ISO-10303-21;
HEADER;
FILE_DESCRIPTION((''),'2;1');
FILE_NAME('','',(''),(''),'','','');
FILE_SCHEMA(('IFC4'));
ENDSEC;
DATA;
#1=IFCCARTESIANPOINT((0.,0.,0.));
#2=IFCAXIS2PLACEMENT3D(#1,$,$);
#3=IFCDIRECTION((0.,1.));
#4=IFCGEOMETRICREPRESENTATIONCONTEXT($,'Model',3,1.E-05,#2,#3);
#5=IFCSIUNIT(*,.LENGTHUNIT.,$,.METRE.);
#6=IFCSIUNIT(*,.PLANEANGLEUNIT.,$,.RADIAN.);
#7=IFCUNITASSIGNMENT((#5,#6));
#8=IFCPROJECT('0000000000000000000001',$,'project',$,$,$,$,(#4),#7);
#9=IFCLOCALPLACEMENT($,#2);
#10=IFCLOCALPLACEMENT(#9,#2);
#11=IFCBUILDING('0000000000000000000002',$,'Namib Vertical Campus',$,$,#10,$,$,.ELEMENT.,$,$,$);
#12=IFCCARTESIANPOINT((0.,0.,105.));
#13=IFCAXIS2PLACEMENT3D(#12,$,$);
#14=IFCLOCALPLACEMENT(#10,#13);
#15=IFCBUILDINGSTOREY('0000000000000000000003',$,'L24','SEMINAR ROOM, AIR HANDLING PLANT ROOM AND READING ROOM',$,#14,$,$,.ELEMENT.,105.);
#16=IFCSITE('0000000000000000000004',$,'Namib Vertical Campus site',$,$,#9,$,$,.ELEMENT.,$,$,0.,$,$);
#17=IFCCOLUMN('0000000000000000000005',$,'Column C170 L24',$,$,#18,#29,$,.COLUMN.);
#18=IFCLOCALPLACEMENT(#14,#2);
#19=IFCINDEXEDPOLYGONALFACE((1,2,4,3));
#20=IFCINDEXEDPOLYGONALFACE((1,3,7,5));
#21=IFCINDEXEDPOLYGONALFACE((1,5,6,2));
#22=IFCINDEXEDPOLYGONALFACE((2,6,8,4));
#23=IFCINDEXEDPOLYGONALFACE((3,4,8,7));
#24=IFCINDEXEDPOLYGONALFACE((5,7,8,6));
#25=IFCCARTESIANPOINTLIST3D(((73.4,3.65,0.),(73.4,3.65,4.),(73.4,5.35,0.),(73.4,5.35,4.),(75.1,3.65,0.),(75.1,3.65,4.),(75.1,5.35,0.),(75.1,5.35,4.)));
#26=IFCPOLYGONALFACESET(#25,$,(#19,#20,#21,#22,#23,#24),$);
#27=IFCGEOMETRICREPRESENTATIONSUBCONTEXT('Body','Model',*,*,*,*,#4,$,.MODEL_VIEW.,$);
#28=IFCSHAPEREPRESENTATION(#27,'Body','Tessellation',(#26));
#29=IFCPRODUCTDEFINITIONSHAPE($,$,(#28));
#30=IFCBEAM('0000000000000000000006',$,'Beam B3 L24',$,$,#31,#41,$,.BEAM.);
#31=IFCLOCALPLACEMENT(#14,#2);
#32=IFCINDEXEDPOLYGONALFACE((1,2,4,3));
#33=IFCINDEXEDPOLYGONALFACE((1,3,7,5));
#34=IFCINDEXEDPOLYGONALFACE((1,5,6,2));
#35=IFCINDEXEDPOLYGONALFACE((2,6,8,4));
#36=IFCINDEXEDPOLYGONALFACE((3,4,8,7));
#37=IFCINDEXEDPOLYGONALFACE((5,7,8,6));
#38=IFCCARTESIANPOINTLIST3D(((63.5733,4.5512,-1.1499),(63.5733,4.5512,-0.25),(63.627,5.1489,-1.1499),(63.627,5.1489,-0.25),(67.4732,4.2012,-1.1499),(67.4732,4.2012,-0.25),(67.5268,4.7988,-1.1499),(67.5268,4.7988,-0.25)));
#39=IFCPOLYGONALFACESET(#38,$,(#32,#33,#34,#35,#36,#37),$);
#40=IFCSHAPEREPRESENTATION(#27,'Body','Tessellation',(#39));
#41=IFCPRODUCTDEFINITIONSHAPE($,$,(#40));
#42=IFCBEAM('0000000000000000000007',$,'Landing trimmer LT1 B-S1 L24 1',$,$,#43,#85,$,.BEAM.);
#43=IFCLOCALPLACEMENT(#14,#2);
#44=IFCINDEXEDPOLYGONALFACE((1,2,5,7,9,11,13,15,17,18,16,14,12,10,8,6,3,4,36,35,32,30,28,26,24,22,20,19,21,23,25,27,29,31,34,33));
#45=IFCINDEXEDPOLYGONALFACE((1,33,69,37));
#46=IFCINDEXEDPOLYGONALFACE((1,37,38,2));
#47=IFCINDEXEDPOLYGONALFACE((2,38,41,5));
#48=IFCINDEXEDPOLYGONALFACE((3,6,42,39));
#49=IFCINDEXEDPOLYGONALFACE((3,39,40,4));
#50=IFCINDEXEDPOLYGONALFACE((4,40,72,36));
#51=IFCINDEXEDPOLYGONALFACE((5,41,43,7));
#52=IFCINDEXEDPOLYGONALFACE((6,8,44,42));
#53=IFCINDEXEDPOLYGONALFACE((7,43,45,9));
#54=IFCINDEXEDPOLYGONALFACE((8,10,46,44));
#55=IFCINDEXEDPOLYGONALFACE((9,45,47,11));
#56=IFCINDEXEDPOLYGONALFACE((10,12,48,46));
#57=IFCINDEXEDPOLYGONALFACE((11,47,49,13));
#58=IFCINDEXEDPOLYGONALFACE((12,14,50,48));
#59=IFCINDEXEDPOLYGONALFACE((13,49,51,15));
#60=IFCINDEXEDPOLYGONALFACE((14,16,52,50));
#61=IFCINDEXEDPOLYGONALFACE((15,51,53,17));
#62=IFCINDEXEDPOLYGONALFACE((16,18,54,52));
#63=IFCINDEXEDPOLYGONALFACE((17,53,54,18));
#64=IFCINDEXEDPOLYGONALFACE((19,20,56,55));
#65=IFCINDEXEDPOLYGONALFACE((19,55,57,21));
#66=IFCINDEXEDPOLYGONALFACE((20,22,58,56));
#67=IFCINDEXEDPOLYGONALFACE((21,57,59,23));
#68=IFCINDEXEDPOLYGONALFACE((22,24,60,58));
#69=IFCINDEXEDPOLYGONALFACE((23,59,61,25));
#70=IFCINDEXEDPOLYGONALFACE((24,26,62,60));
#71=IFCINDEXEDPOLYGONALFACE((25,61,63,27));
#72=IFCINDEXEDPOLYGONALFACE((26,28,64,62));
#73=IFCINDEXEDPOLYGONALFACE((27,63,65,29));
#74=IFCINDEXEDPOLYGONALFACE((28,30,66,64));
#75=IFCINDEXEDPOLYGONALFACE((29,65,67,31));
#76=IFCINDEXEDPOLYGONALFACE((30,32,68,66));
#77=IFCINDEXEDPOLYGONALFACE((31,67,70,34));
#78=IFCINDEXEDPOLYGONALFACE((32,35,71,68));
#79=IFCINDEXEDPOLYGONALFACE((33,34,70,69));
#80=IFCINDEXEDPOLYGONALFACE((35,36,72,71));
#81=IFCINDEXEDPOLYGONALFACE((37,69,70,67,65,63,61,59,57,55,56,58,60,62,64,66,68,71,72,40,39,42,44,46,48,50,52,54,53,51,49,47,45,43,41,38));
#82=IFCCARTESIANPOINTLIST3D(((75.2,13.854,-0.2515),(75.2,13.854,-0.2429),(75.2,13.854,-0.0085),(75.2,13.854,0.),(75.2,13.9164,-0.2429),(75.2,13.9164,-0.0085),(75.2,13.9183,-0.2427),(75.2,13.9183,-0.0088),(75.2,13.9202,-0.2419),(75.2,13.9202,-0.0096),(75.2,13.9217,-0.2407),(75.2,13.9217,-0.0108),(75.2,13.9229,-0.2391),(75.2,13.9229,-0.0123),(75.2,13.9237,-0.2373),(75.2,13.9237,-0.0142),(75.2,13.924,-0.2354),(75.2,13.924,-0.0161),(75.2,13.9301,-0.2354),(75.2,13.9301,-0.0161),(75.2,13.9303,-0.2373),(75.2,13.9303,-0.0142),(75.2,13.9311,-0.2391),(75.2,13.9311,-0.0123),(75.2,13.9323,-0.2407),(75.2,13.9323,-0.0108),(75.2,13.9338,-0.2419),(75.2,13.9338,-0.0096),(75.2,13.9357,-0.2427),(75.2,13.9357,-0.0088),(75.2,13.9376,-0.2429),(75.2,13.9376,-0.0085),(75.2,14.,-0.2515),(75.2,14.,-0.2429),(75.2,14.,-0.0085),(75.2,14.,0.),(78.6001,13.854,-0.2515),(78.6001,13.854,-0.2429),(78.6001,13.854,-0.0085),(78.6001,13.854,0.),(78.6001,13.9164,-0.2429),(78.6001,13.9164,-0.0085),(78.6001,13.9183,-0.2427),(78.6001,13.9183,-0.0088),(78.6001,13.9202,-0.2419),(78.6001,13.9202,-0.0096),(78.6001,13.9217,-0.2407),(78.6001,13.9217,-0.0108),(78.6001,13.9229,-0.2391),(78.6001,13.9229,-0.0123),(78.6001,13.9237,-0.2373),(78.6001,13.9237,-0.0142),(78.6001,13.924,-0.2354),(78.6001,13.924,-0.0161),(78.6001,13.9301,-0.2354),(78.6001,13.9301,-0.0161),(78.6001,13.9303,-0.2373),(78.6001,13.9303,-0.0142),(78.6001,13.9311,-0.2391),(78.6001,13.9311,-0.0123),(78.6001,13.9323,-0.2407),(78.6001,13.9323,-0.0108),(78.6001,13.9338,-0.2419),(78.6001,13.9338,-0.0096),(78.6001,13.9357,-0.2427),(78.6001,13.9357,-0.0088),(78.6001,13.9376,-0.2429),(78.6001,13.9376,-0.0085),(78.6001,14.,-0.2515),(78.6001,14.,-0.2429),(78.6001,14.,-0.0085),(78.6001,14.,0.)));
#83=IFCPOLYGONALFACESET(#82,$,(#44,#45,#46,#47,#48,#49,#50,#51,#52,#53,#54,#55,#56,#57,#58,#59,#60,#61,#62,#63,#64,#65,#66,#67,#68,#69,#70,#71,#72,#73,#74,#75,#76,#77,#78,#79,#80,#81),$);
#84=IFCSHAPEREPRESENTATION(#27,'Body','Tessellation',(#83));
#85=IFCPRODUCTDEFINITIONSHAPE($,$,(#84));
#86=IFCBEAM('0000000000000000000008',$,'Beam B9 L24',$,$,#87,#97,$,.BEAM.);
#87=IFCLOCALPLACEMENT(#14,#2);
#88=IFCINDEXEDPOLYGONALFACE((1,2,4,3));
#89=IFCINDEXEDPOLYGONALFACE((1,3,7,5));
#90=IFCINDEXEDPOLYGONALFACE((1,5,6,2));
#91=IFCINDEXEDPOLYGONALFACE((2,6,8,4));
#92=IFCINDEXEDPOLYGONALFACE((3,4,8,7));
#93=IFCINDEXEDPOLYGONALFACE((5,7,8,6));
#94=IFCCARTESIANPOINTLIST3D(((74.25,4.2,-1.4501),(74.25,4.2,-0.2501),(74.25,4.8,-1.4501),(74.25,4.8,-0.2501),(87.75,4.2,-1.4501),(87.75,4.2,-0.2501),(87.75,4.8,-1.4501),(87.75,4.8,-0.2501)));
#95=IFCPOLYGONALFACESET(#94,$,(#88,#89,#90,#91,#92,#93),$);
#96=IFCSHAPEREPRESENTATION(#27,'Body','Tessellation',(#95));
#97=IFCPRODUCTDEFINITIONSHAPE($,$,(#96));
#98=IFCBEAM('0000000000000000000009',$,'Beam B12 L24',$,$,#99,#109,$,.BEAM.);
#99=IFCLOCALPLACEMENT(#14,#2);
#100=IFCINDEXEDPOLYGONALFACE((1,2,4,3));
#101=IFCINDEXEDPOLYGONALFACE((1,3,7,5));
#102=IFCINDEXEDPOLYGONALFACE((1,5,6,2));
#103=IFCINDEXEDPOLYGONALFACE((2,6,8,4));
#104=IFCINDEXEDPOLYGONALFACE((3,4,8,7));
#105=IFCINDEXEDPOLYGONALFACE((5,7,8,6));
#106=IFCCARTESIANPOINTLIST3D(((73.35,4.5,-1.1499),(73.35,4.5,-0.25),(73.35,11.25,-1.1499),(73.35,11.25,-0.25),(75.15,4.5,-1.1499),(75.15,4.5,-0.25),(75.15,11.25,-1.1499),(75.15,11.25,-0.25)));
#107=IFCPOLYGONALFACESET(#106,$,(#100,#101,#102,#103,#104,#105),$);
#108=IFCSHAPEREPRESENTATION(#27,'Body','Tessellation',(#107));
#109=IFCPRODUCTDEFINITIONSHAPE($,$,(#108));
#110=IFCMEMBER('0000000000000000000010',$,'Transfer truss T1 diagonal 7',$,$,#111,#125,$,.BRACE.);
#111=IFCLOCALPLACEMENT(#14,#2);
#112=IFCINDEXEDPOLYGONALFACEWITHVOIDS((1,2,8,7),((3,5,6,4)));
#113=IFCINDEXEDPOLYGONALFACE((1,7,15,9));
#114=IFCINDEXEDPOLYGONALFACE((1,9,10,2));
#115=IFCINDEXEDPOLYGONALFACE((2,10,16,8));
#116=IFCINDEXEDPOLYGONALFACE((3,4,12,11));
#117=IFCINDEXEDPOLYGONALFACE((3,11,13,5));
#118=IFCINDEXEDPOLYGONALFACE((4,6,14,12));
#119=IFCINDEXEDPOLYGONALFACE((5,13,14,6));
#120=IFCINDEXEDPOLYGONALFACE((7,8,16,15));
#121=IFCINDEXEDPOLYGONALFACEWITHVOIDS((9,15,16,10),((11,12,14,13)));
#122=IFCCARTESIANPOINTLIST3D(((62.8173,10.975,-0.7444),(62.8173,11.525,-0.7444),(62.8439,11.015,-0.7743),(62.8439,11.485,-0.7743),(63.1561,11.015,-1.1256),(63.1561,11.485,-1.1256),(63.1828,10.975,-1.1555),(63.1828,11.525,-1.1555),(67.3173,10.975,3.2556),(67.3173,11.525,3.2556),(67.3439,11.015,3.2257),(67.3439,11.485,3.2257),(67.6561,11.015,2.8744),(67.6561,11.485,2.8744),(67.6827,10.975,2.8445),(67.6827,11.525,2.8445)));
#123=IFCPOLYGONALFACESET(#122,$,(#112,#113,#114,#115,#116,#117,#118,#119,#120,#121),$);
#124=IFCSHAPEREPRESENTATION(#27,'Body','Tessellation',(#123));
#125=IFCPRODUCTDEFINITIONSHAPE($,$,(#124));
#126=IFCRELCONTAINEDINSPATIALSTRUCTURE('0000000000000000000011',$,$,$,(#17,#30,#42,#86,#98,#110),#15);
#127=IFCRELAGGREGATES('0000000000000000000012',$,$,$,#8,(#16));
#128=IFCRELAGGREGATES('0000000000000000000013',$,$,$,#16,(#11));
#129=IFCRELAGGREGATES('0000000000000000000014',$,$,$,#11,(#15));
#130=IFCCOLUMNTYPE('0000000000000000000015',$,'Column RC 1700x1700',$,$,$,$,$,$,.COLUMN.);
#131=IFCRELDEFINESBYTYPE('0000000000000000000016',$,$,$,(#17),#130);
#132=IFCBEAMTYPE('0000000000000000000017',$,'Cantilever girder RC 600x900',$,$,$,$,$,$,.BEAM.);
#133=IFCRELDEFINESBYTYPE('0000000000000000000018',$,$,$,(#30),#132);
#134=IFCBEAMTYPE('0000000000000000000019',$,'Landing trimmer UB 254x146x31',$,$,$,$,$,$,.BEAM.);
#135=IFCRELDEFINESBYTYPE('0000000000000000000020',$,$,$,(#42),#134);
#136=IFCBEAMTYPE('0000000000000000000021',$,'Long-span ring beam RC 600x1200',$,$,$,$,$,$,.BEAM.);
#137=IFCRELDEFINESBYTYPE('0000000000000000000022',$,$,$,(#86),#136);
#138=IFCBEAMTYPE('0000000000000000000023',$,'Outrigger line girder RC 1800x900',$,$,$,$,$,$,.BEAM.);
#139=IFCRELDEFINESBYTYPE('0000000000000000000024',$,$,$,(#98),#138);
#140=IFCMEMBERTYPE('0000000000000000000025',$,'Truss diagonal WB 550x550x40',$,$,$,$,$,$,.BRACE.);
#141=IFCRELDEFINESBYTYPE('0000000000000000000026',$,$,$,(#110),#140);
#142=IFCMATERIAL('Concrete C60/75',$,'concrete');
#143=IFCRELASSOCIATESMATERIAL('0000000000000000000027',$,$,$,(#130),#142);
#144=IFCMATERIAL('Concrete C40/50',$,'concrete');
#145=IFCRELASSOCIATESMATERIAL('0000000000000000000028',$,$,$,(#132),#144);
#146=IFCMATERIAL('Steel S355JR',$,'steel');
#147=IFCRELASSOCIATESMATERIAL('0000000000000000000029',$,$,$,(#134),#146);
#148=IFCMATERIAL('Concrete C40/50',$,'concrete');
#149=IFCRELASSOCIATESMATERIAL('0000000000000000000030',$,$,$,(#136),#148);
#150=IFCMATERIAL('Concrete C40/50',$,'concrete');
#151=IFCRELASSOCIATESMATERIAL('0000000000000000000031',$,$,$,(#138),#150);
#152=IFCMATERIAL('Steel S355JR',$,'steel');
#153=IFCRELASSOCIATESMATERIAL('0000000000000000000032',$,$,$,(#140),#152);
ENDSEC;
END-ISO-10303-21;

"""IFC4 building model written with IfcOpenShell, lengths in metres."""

from ifc_helpers import new_model, si_unit, direction, frame, origin, origin_2d, place, context, subcontext, project, spatial, rectangle, hollow_rectangle, i_section, extrude, material, material_profile, profile_set, type_object, element, save


model = new_model("IFC4")

# Units and contexts
model_context = context("Model", 3, precision=1e-05, world=origin(), true_north=direction((0.0, 1.0)))
body_context = subcontext(model_context, "Body", "Model", "MODEL_VIEW")
ifc_project = project(units=[si_unit("LENGTHUNIT", "METRE"), si_unit("PLANEANGLEUNIT", "RADIAN")], contexts=[model_context])

# Site, building, storey
site_placement = place(None, origin())
site = spatial("IfcSite", under=ifc_project, at=site_placement, Name="Namib Vertical Campus site", CompositionType="ELEMENT", RefElevation=0.0)
building_placement = place(site_placement, origin())
building = spatial("IfcBuilding", under=site, at=building_placement, Name="Namib Vertical Campus", CompositionType="ELEMENT")
storey_placement = place(building_placement, frame((0.0, 0.0, 105.0)))
storey = spatial("IfcBuildingStorey", under=building, at=storey_placement, Name="L24", Description="SEMINAR ROOM, AIR HANDLING PLANT ROOM AND READING ROOM", CompositionType="ELEMENT", Elevation=105.0)

# Column
ifc_material_1 = material(Name="Concrete C60/75", Category="concrete")
ifc_material_profile_1 = material_profile(ifc_material_1, rectangle(XDim=1.7, YDim=1.7, at=origin_2d()))
ifc_profile_set_1 = profile_set([ifc_material_profile_1], Name="Concrete C60/75")
column_type = type_object("IfcColumnType", Name="Column RC 1700x1700", PredefinedType="COLUMN", material=ifc_profile_set_1)
column_placement = place(storey_placement, frame((74.25, 4.5, 0.0), z_axis=(0.0, 0.0, 1.0), x_axis=(1.0, 0.0, 0.0)))
element("IfcColumn", 1, at=column_placement, inside=storey, type_object=column_type, Name="Column C170 L24", PredefinedType="COLUMN", context=body_context, shape_type="SweptSolid", body=[
    extrude(rectangle(XDim=1.7, YDim=1.7, at=origin_2d()), origin(), (0.0, 0.0, 1.0), 4.0),
])

# Beams
ifc_material_2 = material(Name="Concrete C40/50", Category="concrete")
ifc_material_profile_2 = material_profile(ifc_material_2, rectangle(XDim=0.6001, YDim=0.8999, at=origin_2d()))
ifc_profile_set_2 = profile_set([ifc_material_profile_2], Name="Concrete C40/50")
beam_type_1 = type_object("IfcBeamType", Name="Cantilever girder RC 600x900", PredefinedType="BEAM", material=ifc_profile_set_2)
beam_1_placement = place(storey_placement, frame((67.5, 4.5, -0.7), z_axis=(-0.995995, 0.089411, 0.0), x_axis=(-0.089411, -0.995995, 0.0)))
element("IfcBeam", 2, at=beam_1_placement, inside=storey, type_object=beam_type_1, Name="Beam B3 L24", PredefinedType="BEAM", context=body_context, shape_type="SweptSolid", body=[
    extrude(rectangle(XDim=0.6001, YDim=0.8999, at=origin_2d()), origin(), (0.0, 0.0, 1.0), 3.9155),
])
ifc_material_3 = material(Name="Steel S355JR", Category="steel")
ifc_material_profile_3 = material_profile(ifc_material_3, i_section(OverallWidth=0.146, OverallDepth=0.2515, WebThickness=0.0061, FlangeThickness=0.0085, FilletRadius=0.0076, at=origin_2d()))
ifc_profile_set_3 = profile_set([ifc_material_profile_3], Name="Steel S355JR")
beam_type_2 = type_object("IfcBeamType", Name="Landing trimmer UB 254x146x31", PredefinedType="BEAM", material=ifc_profile_set_3)
beam_2_placement = place(storey_placement, frame((75.2, 13.927, -0.1257), z_axis=(1.0, 0.0, 0.0), x_axis=(0.0, 1.0, 0.0)))
element("IfcBeam", 3, at=beam_2_placement, inside=storey, type_object=beam_type_2, Name="Landing trimmer LT1 B-S1 L24 1", PredefinedType="BEAM", context=body_context, shape_type="SweptSolid", body=[
    extrude(i_section(OverallWidth=0.146, OverallDepth=0.2515, WebThickness=0.0061, FlangeThickness=0.0085, FilletRadius=0.0076, at=origin_2d()), origin(), (0.0, 0.0, 1.0), 3.4001),
])
ifc_material_4 = material(Name="Concrete C40/50", Category="concrete")
ifc_material_profile_4 = material_profile(ifc_material_4, rectangle(XDim=0.6001, YDim=1.2, at=origin_2d()))
ifc_profile_set_4 = profile_set([ifc_material_profile_4], Name="Concrete C40/50")
beam_type_3 = type_object("IfcBeamType", Name="Long-span ring beam RC 600x1200", PredefinedType="BEAM", material=ifc_profile_set_4)
beam_3_placement = place(storey_placement, frame((74.25, 4.5, -0.8501), z_axis=(1.0, 0.0, 0.0), x_axis=(0.0, 1.0, 0.0)))
element("IfcBeam", 4, at=beam_3_placement, inside=storey, type_object=beam_type_3, Name="Beam B9 L24", PredefinedType="BEAM", context=body_context, shape_type="SweptSolid", body=[
    extrude(rectangle(XDim=0.6001, YDim=1.2, at=origin_2d()), origin(), (0.0, 0.0, 1.0), 13.5),
])
ifc_material_5 = material(Name="Concrete C40/50", Category="concrete")
ifc_material_profile_5 = material_profile(ifc_material_5, rectangle(XDim=1.8, YDim=0.8999, at=origin_2d()))
ifc_profile_set_5 = profile_set([ifc_material_profile_5], Name="Concrete C40/50")
beam_type_4 = type_object("IfcBeamType", Name="Outrigger line girder RC 1800x900", PredefinedType="BEAM", material=ifc_profile_set_5)
beam_4_placement = place(storey_placement, frame((74.25, 4.5, -0.7), z_axis=(0.0, 1.0, 0.0), x_axis=(-1.0, 0.0, 0.0)))
element("IfcBeam", 5, at=beam_4_placement, inside=storey, type_object=beam_type_4, Name="Beam B12 L24", PredefinedType="BEAM", context=body_context, shape_type="SweptSolid", body=[
    extrude(rectangle(XDim=1.8, YDim=0.8999, at=origin_2d()), origin(), (0.0, 0.0, 1.0), 6.75),
])

# Member
ifc_material_6 = material(Name="Steel S355JR", Category="steel")
ifc_material_profile_6 = material_profile(ifc_material_6, hollow_rectangle(XDim=0.55, YDim=0.55, WallThickness=0.04, at=origin_2d()))
ifc_profile_set_6 = profile_set([ifc_material_profile_6], Name="Steel S355JR")
member_type = type_object("IfcMemberType", Name="Truss diagonal WB 550x550x40", PredefinedType="BRACE", material=ifc_profile_set_6)
member_placement = place(storey_placement, frame((67.5, 11.25, 3.05), z_axis=(-0.747409, 0.0, -0.664364), x_axis=(0.0, -1.0, 0.0)))
element("IfcMember", 6, at=member_placement, inside=storey, type_object=member_type, Name="Transfer truss T1 diagonal 7", PredefinedType="BRACE", context=body_context, shape_type="SweptSolid", body=[
    extrude(hollow_rectangle(XDim=0.55, YDim=0.55, WallThickness=0.04, at=origin_2d()), origin(), (0.0, 0.0, 1.0), 6.0208),
])

save(model, "model.ifc")
